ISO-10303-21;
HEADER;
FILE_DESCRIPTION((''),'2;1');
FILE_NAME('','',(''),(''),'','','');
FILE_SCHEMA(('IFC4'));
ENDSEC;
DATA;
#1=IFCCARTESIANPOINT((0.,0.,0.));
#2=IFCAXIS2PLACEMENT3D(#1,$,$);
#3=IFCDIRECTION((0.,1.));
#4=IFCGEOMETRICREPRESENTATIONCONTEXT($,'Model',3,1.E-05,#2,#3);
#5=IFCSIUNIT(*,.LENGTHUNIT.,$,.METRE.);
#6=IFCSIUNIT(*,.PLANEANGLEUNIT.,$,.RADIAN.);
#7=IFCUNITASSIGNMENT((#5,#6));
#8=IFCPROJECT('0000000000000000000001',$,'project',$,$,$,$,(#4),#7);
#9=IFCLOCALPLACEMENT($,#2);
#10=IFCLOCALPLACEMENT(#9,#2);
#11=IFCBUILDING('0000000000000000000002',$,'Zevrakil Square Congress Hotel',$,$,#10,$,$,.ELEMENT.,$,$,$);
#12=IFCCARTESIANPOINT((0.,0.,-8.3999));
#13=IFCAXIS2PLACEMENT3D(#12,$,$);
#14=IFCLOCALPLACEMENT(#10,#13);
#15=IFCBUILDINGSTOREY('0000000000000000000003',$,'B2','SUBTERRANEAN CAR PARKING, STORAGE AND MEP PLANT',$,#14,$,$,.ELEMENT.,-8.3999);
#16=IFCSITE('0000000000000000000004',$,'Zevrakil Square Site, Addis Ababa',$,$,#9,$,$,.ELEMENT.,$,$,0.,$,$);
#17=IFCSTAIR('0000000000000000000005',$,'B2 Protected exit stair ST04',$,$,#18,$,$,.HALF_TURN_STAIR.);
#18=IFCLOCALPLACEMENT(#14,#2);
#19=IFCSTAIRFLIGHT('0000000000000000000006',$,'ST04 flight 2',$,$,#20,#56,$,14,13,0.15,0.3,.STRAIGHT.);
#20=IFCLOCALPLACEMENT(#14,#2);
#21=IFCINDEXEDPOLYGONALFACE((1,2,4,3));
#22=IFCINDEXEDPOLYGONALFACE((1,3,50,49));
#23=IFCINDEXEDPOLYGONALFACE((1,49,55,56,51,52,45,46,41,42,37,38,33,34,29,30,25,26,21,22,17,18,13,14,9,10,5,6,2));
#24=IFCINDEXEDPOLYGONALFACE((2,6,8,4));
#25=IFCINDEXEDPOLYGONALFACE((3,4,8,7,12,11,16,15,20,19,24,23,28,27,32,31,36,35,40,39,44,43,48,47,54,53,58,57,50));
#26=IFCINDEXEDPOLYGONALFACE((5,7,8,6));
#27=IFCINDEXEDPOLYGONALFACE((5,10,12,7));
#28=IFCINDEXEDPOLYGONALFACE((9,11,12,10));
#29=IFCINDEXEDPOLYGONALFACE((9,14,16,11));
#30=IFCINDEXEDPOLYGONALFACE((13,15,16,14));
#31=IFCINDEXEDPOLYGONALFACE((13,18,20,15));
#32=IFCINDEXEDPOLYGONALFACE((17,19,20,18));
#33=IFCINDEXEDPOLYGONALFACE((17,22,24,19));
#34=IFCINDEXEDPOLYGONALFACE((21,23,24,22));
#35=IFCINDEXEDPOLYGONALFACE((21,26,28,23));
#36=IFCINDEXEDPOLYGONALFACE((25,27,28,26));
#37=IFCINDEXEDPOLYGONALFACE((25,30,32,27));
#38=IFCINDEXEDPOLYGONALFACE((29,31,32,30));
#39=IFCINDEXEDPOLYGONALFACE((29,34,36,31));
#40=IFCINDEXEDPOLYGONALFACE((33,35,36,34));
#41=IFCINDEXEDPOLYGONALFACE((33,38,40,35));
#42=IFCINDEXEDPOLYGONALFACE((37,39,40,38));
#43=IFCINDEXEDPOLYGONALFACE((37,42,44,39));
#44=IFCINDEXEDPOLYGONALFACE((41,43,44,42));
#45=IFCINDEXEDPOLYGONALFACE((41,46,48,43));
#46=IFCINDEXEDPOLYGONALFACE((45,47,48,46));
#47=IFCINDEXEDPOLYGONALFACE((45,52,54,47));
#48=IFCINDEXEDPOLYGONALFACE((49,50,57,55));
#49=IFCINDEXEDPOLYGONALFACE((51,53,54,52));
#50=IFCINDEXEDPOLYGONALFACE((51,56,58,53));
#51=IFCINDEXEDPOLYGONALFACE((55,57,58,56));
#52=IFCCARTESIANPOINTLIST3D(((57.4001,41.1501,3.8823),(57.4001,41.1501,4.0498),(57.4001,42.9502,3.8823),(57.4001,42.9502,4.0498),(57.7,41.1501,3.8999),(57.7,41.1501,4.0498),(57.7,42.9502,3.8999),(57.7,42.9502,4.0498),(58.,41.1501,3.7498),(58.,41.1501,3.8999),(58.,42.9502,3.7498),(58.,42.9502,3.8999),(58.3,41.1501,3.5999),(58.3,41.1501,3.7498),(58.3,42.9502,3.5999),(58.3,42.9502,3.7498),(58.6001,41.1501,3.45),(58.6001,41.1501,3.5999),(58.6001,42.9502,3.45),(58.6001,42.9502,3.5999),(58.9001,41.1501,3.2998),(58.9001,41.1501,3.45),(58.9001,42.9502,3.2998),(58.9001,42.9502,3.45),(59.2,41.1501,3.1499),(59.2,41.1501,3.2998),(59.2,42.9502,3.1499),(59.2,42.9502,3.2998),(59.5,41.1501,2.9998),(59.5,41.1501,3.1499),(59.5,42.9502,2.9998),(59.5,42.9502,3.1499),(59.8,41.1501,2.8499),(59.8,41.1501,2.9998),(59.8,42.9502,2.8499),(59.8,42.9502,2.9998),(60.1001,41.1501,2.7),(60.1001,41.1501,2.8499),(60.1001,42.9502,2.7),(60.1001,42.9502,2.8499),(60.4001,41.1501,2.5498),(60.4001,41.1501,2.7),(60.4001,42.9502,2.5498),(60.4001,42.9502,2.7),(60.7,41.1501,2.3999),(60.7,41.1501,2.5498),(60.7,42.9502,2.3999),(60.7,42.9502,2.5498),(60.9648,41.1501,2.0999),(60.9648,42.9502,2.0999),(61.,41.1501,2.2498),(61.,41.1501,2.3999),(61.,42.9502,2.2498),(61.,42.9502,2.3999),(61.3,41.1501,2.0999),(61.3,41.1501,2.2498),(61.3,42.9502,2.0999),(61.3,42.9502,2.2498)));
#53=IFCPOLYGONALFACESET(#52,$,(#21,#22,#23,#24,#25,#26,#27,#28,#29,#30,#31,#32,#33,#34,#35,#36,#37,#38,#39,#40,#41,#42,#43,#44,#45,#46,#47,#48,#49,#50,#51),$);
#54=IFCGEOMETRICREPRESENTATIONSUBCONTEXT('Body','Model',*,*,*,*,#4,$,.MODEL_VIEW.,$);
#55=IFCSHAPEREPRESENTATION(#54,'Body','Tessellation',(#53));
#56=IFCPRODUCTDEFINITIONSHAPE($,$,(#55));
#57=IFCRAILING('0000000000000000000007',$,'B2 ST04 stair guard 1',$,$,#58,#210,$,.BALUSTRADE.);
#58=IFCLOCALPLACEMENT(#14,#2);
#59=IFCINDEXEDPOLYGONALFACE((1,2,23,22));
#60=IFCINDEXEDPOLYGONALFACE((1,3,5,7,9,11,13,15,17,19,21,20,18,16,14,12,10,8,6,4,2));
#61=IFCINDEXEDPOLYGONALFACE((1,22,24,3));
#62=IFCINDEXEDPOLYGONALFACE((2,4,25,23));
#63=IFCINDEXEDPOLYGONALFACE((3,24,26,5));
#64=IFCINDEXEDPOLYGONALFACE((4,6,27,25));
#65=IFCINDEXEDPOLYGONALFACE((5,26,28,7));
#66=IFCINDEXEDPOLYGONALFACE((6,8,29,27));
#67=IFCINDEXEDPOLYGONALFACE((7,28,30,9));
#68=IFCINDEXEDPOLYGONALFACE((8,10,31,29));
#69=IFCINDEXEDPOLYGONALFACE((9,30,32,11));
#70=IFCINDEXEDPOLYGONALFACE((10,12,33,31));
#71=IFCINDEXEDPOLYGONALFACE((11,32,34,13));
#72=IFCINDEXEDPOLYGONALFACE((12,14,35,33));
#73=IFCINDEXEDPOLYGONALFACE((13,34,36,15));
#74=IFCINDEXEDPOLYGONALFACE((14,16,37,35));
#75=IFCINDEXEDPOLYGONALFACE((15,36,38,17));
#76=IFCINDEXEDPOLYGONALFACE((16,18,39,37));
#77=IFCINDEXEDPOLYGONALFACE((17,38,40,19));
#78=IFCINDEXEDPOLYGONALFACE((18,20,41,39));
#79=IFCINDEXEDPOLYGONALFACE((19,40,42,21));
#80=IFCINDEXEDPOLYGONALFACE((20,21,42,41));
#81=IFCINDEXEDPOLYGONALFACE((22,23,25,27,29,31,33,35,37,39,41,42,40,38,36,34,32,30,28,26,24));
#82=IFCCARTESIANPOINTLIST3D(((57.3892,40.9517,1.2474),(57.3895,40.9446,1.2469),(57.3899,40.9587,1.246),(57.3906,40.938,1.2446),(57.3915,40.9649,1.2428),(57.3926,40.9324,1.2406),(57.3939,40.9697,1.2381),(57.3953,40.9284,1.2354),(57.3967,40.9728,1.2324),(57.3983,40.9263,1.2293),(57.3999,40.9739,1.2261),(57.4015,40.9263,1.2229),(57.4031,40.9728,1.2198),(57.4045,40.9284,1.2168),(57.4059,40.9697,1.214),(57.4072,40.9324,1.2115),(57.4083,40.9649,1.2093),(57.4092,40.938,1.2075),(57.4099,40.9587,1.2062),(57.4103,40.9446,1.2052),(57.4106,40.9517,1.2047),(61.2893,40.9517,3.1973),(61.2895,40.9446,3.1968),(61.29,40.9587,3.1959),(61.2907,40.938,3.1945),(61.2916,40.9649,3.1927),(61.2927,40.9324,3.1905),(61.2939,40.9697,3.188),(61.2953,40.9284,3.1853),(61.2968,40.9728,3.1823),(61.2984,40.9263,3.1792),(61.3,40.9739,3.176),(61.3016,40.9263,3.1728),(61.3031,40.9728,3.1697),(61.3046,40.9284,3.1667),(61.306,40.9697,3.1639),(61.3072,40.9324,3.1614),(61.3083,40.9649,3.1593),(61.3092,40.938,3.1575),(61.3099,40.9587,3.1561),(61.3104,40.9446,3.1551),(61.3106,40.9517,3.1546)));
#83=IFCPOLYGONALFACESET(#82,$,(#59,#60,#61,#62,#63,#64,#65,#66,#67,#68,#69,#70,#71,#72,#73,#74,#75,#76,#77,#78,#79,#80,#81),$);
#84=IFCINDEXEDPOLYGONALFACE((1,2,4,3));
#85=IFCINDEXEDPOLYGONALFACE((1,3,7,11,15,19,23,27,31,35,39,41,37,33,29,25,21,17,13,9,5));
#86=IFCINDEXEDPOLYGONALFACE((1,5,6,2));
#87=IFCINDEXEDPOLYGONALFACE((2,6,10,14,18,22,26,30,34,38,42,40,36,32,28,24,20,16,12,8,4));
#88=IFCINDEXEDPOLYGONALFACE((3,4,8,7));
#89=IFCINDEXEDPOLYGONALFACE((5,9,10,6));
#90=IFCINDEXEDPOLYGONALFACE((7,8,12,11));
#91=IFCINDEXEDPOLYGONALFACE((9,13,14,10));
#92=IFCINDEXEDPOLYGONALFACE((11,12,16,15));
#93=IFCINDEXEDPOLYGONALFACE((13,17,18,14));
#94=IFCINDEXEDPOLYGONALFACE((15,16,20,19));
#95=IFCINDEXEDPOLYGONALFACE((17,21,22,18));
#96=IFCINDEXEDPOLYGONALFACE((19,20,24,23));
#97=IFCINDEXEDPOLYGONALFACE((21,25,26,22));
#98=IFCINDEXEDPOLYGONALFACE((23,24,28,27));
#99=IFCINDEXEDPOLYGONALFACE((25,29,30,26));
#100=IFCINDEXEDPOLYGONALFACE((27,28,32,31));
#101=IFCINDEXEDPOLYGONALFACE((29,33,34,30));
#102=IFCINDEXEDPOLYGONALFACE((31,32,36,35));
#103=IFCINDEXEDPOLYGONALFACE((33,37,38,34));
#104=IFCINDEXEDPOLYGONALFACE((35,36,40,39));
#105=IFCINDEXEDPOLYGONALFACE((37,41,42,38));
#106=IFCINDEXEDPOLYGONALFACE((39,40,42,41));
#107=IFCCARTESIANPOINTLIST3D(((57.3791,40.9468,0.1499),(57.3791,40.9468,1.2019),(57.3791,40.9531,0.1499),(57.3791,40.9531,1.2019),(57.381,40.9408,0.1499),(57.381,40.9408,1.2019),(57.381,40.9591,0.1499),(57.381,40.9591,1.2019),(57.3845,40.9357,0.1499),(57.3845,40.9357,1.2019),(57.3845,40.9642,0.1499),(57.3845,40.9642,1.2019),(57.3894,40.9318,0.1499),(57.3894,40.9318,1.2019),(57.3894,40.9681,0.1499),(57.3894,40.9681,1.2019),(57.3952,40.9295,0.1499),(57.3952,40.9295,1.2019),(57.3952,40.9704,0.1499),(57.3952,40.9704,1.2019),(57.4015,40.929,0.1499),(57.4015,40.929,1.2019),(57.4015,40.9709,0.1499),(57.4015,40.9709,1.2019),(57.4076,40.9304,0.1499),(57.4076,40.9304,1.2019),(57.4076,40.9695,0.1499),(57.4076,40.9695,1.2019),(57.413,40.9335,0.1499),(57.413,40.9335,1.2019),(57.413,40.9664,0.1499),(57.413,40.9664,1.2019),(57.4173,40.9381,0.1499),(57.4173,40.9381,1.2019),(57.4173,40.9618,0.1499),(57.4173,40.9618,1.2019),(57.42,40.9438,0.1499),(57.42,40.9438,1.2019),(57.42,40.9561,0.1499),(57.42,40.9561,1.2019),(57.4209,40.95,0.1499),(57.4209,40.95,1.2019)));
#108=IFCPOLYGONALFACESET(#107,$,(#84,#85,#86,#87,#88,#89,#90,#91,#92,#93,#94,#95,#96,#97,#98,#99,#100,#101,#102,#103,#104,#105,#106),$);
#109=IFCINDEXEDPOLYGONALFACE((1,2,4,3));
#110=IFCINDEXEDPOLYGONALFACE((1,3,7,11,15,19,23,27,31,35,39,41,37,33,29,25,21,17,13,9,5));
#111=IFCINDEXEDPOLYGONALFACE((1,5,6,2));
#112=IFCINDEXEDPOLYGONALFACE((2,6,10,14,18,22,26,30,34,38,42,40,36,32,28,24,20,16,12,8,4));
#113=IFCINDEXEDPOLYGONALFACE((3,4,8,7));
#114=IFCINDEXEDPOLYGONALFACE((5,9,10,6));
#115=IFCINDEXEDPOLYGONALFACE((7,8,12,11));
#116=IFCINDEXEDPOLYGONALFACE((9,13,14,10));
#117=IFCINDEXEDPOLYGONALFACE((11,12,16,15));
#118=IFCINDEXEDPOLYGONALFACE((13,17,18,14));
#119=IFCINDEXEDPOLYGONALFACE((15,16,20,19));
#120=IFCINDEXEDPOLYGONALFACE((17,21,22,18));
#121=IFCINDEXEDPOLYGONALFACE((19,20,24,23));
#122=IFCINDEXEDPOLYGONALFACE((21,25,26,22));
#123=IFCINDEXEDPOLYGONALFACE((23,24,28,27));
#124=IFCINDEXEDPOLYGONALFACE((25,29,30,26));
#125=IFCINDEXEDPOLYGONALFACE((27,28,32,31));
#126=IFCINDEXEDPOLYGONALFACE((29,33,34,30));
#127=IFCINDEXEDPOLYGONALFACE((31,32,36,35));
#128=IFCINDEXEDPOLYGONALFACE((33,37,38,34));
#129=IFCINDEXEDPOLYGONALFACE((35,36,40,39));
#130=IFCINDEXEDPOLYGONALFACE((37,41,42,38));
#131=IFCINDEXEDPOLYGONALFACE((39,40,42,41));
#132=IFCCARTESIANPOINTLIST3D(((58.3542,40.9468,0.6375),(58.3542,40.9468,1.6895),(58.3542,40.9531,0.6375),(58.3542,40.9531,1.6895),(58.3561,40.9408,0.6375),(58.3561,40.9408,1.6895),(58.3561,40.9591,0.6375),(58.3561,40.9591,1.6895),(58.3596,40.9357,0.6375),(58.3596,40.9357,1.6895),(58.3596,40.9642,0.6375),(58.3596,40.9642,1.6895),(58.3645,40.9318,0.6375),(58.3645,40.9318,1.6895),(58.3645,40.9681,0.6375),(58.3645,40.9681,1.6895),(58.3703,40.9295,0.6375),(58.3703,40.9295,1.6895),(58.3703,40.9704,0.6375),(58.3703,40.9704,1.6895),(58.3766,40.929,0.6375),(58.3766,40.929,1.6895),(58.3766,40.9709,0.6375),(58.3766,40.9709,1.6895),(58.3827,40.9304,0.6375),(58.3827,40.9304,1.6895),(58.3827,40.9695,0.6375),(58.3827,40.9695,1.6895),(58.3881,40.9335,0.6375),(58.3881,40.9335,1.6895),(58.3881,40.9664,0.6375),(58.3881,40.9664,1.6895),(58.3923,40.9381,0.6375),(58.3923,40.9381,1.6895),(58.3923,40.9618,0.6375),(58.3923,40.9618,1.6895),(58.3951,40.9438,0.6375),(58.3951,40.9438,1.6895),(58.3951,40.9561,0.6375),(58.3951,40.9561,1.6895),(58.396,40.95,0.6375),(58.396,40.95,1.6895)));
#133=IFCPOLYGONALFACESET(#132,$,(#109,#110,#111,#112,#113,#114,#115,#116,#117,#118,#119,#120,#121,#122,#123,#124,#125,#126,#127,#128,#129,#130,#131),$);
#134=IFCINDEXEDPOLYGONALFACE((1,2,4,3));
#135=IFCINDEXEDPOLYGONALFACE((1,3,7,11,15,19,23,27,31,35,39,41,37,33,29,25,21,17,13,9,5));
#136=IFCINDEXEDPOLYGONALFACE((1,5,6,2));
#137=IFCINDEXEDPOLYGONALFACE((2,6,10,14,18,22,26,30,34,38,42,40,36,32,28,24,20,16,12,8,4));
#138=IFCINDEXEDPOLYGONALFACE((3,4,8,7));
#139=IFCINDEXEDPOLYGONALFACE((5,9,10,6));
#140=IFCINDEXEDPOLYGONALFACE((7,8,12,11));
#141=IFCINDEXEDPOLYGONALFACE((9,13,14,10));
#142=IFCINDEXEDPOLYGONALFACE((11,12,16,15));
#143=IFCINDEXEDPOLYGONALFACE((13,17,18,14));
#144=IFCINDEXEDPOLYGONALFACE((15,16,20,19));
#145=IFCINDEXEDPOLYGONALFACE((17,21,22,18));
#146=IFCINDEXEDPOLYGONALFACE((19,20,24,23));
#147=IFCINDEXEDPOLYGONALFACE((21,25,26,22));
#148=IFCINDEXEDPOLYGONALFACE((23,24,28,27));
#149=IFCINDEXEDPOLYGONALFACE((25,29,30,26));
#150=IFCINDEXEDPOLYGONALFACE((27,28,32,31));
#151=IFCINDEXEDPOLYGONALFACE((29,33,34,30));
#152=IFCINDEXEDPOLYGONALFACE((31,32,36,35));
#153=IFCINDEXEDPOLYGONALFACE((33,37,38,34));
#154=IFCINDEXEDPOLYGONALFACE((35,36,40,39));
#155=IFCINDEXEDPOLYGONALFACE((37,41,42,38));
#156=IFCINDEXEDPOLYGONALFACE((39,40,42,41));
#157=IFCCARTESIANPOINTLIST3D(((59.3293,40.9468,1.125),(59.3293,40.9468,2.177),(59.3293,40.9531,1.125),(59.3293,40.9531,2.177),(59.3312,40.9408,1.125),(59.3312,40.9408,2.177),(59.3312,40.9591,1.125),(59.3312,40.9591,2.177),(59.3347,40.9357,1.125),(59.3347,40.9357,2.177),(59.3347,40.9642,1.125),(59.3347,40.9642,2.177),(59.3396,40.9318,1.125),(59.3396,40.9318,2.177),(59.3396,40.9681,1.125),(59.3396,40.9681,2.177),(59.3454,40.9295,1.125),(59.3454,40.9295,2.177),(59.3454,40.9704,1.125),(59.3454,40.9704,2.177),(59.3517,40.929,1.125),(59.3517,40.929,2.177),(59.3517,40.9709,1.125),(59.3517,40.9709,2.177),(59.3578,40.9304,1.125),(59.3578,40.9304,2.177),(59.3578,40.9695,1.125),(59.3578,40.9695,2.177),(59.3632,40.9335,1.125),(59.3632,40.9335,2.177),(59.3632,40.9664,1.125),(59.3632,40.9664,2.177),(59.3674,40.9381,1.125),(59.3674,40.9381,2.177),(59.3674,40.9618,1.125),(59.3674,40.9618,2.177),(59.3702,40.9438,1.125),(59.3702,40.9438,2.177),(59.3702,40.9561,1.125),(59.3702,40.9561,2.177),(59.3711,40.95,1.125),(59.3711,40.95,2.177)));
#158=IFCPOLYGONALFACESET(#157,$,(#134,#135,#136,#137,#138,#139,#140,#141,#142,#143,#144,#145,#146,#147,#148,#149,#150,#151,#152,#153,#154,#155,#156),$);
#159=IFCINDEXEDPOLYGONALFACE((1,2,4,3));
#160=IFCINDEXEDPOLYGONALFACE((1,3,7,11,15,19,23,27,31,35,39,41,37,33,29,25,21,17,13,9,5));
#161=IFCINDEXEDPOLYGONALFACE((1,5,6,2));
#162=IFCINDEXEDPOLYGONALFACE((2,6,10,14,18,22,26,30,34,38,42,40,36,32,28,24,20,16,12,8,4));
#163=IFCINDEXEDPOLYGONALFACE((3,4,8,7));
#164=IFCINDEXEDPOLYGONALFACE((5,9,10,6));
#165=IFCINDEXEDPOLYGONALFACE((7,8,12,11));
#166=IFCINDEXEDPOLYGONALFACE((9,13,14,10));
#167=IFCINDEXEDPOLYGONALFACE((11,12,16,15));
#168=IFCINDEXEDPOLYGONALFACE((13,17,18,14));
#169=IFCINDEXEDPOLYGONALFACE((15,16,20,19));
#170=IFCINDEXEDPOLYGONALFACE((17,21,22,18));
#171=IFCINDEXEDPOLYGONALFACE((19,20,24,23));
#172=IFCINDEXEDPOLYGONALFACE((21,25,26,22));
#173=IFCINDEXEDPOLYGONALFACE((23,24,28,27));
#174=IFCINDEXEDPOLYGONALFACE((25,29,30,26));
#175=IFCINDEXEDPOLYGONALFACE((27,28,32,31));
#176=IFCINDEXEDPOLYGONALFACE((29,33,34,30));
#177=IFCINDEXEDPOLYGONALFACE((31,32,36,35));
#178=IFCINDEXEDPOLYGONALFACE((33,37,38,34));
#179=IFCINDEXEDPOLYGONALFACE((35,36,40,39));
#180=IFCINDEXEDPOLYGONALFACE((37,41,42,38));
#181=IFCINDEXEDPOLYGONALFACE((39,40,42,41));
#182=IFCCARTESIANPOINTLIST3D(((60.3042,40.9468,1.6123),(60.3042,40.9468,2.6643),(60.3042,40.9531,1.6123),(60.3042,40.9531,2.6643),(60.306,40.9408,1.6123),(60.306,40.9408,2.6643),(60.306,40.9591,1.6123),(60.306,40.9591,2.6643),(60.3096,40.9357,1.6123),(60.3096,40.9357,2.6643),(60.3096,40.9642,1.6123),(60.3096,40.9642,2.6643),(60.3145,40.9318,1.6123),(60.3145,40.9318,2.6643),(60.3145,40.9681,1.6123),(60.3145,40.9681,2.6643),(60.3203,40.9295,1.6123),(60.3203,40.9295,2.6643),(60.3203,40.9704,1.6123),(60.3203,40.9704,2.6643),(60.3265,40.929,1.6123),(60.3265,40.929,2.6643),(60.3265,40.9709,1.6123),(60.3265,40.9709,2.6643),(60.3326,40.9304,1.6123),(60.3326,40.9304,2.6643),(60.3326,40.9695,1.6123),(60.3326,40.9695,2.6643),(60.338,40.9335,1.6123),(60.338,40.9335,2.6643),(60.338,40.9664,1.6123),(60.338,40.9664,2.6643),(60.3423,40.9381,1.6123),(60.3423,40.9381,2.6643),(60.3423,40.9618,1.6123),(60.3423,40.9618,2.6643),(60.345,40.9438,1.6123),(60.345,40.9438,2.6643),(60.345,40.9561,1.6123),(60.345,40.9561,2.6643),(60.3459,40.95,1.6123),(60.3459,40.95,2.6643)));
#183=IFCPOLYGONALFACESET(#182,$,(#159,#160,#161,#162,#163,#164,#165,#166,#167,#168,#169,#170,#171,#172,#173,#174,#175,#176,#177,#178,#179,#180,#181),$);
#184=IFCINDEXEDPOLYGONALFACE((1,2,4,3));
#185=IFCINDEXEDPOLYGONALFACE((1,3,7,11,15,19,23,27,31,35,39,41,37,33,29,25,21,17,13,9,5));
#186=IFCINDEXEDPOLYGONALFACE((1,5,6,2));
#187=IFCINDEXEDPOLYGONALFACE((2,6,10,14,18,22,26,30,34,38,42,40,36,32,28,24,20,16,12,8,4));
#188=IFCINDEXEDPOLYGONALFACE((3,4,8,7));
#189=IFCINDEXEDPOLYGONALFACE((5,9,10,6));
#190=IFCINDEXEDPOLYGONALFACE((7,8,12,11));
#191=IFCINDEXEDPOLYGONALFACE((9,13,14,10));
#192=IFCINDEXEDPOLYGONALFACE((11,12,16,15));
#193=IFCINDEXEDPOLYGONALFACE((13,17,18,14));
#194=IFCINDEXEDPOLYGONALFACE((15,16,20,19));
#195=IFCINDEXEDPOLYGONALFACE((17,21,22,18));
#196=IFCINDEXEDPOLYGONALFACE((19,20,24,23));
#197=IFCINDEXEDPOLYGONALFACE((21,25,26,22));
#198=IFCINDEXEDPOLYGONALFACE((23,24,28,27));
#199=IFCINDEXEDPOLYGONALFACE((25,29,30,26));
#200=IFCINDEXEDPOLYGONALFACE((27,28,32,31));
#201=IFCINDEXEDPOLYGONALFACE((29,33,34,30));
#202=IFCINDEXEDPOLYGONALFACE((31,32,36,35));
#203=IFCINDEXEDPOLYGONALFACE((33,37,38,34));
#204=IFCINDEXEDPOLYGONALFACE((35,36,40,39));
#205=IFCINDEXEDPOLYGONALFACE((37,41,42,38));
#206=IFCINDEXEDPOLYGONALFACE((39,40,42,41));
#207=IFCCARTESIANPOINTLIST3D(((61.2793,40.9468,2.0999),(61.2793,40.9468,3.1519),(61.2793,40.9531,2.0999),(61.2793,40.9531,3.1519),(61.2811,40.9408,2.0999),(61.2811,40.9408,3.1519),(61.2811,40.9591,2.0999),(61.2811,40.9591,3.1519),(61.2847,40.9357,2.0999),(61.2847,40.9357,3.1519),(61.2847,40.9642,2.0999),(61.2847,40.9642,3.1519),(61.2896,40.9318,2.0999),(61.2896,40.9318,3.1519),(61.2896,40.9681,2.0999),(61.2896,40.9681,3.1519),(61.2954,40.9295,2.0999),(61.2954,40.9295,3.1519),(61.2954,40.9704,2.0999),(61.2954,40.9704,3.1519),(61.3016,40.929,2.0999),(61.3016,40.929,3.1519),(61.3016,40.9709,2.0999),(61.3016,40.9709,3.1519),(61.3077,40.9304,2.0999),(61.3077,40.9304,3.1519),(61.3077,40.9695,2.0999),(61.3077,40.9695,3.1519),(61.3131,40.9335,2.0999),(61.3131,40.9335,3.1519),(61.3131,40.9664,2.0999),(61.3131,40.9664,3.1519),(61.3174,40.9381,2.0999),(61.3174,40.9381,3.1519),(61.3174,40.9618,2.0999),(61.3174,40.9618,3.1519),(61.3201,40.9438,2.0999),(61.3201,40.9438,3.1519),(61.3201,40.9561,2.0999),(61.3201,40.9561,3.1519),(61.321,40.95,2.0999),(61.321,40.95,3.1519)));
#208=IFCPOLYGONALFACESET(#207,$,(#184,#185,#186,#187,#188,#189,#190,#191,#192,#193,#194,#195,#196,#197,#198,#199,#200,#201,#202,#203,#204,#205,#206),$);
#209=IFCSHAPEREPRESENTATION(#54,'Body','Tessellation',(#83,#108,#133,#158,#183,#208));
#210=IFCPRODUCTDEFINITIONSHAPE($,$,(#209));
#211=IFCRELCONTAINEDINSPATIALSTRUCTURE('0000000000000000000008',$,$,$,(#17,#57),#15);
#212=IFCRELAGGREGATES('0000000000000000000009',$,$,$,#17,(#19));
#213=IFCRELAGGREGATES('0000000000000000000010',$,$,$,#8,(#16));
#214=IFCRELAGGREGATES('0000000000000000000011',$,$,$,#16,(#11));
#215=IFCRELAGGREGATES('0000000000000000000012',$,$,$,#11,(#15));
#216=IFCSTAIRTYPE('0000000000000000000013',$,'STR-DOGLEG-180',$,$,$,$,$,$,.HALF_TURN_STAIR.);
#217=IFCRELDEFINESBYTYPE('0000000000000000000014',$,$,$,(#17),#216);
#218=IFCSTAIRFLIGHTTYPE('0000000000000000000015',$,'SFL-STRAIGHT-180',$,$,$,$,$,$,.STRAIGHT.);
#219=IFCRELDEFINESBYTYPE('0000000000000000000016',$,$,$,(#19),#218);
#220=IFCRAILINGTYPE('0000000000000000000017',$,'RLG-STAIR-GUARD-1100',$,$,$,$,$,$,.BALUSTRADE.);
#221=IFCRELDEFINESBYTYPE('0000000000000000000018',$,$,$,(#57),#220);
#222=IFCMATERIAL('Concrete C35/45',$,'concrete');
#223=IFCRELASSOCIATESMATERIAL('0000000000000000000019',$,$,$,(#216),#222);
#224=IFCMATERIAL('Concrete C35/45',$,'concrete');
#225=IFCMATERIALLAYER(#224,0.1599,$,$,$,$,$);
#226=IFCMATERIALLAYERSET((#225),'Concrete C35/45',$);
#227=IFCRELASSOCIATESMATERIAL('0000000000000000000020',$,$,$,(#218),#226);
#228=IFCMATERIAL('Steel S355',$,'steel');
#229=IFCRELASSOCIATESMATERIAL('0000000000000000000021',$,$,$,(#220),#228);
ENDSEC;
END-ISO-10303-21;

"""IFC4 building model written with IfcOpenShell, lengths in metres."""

from ifc_helpers import new_model, si_unit, direction, frame, origin, origin_2d, place, context, subcontext, project, spatial, polyline, circle, outline, extrude, material, layer, layer_set, type_object, element, aggregate, save


model = new_model("IFC4")

# Units and contexts
model_context = context("Model", 3, precision=1e-05, world=origin(), true_north=direction((0.0, 1.0)))
body_context = subcontext(model_context, "Body", "Model", "MODEL_VIEW")
ifc_project = project(units=[si_unit("LENGTHUNIT", "METRE"), si_unit("PLANEANGLEUNIT", "RADIAN")], contexts=[model_context])

# Site, building, storey
site_placement = place(None, origin())
site = spatial("IfcSite", under=ifc_project, at=site_placement, Name="Zevrakil Square Site, Addis Ababa", CompositionType="ELEMENT", RefElevation=0.0)
building_placement = place(site_placement, origin())
building = spatial("IfcBuilding", under=site, at=building_placement, Name="Zevrakil Square Congress Hotel", CompositionType="ELEMENT")
storey_placement = place(building_placement, frame((0.0, 0.0, -8.3999)))
storey = spatial("IfcBuildingStorey", under=building, at=storey_placement, Name="B2", Description="SUBTERRANEAN CAR PARKING, STORAGE AND MEP PLANT", CompositionType="ELEMENT", Elevation=-8.3999)

# Stair, stair flight
ifc_material_1 = material(Name="Concrete C35/45", Category="concrete")
stair_type = type_object("IfcStairType", Name="STR-DOGLEG-180", PredefinedType="HALF_TURN_STAIR", material=ifc_material_1)
stair_placement = place(storey_placement, origin())
stair = element("IfcStair", 1, at=stair_placement, inside=storey, type_object=stair_type, Name="B2 Protected exit stair ST04", PredefinedType="HALF_TURN_STAIR")
ifc_material_2 = material(Name="Concrete C35/45", Category="concrete")
ifc_layer_1 = layer(ifc_material_2, 0.1599)
ifc_layer_set_1 = layer_set([ifc_layer_1], Name="Concrete C35/45")
stair_flight_type = type_object("IfcStairFlightType", Name="SFL-STRAIGHT-180", PredefinedType="STRAIGHT", material=ifc_layer_set_1)
stair_flight_1_placement = place(storey_placement, frame((61.3, 42.05, 2.0999), z_axis=(0.0, 0.0, 1.0), x_axis=(-1.0, 0.0, 0.0)))
stair_flight_1 = element("IfcStairFlight", 2, at=stair_flight_1_placement, type_object=stair_flight_type, Name="ST04 flight 2", NumberOfRisers=14, NumberOfTreads=13, PredefinedType="STRAIGHT", RiserHeight=0.15, TreadLength=0.3, context=body_context, shape_type="SweptSolid", body=[
    extrude(outline(polyline([(0.0, 0.0), (0.0, 0.1499), (0.3, 0.1499), (0.3, 0.3), (0.6001, 0.3), (0.6001, 0.45), (0.8999, 0.45), (0.8999, 0.6001), (1.2, 0.6001), (1.2, 0.75), (1.5, 0.75), (1.5, 0.8999), (1.8, 0.8999), (1.8, 1.05), (2.1001, 1.05), (2.1001, 1.2), (2.3999, 1.2), (2.3999, 1.3501), (2.7, 1.3501), (2.7, 1.5), (3.0, 1.5), (3.0, 1.6499), (3.3, 1.6499), (3.3, 1.8), (3.6001, 1.8), (3.6001, 1.95), (3.8999, 1.95), (3.8999, 2.1001), (3.8999, 1.7825), (0.3352, 0.0), (0.0, 0.0)])), frame((0.0, 0.8999, 0.0), z_axis=(0.0, -1.0, 0.0), x_axis=(1.0, 0.0, 0.0)), (0.0, 0.0, 1.0), 1.8),
])
aggregate(stair, [stair_flight_1])

# Railing
ifc_material_3 = material(Name="Steel S355", Category="steel")
railing_type_1 = type_object("IfcRailingType", Name="RLG-STAIR-GUARD-1100", PredefinedType="BALUSTRADE", material=ifc_material_3)
railing_1_placement = place(storey_placement, frame((57.3999, 40.95, 0.1499)))
element("IfcRailing", 3, at=railing_1_placement, inside=storey, type_object=railing_type_1, Name="B2 ST04 stair guard 1", PredefinedType="BALUSTRADE", context=body_context, shape_type="SweptSolid", body=[
    extrude(circle(Radius=0.0239, at=origin_2d()), frame((0.0, 0.0, 1.0762), z_axis=(0.894438, 0.0, 0.447191), x_axis=(0.0, 1.0, 0.0)), (0.0, 0.0, 1.0), 4.3604),
    extrude(circle(Radius=0.021, at=origin_2d()), origin(), (0.0, 0.0, 1.0), 1.052),
    extrude(circle(Radius=0.021, at=origin_2d()), frame((0.9751, 0.0, 0.4875)), (0.0, 0.0, 1.0), 1.052),
    extrude(circle(Radius=0.021, at=origin_2d()), frame((1.9502, 0.0, 0.9751)), (0.0, 0.0, 1.0), 1.052),
    extrude(circle(Radius=0.021, at=origin_2d()), frame((2.925, 0.0, 1.4624)), (0.0, 0.0, 1.0), 1.052),
    extrude(circle(Radius=0.021, at=origin_2d()), frame((3.9001, 0.0, 1.95)), (0.0, 0.0, 1.0), 1.052),
])

save(model, "model.ifc")
